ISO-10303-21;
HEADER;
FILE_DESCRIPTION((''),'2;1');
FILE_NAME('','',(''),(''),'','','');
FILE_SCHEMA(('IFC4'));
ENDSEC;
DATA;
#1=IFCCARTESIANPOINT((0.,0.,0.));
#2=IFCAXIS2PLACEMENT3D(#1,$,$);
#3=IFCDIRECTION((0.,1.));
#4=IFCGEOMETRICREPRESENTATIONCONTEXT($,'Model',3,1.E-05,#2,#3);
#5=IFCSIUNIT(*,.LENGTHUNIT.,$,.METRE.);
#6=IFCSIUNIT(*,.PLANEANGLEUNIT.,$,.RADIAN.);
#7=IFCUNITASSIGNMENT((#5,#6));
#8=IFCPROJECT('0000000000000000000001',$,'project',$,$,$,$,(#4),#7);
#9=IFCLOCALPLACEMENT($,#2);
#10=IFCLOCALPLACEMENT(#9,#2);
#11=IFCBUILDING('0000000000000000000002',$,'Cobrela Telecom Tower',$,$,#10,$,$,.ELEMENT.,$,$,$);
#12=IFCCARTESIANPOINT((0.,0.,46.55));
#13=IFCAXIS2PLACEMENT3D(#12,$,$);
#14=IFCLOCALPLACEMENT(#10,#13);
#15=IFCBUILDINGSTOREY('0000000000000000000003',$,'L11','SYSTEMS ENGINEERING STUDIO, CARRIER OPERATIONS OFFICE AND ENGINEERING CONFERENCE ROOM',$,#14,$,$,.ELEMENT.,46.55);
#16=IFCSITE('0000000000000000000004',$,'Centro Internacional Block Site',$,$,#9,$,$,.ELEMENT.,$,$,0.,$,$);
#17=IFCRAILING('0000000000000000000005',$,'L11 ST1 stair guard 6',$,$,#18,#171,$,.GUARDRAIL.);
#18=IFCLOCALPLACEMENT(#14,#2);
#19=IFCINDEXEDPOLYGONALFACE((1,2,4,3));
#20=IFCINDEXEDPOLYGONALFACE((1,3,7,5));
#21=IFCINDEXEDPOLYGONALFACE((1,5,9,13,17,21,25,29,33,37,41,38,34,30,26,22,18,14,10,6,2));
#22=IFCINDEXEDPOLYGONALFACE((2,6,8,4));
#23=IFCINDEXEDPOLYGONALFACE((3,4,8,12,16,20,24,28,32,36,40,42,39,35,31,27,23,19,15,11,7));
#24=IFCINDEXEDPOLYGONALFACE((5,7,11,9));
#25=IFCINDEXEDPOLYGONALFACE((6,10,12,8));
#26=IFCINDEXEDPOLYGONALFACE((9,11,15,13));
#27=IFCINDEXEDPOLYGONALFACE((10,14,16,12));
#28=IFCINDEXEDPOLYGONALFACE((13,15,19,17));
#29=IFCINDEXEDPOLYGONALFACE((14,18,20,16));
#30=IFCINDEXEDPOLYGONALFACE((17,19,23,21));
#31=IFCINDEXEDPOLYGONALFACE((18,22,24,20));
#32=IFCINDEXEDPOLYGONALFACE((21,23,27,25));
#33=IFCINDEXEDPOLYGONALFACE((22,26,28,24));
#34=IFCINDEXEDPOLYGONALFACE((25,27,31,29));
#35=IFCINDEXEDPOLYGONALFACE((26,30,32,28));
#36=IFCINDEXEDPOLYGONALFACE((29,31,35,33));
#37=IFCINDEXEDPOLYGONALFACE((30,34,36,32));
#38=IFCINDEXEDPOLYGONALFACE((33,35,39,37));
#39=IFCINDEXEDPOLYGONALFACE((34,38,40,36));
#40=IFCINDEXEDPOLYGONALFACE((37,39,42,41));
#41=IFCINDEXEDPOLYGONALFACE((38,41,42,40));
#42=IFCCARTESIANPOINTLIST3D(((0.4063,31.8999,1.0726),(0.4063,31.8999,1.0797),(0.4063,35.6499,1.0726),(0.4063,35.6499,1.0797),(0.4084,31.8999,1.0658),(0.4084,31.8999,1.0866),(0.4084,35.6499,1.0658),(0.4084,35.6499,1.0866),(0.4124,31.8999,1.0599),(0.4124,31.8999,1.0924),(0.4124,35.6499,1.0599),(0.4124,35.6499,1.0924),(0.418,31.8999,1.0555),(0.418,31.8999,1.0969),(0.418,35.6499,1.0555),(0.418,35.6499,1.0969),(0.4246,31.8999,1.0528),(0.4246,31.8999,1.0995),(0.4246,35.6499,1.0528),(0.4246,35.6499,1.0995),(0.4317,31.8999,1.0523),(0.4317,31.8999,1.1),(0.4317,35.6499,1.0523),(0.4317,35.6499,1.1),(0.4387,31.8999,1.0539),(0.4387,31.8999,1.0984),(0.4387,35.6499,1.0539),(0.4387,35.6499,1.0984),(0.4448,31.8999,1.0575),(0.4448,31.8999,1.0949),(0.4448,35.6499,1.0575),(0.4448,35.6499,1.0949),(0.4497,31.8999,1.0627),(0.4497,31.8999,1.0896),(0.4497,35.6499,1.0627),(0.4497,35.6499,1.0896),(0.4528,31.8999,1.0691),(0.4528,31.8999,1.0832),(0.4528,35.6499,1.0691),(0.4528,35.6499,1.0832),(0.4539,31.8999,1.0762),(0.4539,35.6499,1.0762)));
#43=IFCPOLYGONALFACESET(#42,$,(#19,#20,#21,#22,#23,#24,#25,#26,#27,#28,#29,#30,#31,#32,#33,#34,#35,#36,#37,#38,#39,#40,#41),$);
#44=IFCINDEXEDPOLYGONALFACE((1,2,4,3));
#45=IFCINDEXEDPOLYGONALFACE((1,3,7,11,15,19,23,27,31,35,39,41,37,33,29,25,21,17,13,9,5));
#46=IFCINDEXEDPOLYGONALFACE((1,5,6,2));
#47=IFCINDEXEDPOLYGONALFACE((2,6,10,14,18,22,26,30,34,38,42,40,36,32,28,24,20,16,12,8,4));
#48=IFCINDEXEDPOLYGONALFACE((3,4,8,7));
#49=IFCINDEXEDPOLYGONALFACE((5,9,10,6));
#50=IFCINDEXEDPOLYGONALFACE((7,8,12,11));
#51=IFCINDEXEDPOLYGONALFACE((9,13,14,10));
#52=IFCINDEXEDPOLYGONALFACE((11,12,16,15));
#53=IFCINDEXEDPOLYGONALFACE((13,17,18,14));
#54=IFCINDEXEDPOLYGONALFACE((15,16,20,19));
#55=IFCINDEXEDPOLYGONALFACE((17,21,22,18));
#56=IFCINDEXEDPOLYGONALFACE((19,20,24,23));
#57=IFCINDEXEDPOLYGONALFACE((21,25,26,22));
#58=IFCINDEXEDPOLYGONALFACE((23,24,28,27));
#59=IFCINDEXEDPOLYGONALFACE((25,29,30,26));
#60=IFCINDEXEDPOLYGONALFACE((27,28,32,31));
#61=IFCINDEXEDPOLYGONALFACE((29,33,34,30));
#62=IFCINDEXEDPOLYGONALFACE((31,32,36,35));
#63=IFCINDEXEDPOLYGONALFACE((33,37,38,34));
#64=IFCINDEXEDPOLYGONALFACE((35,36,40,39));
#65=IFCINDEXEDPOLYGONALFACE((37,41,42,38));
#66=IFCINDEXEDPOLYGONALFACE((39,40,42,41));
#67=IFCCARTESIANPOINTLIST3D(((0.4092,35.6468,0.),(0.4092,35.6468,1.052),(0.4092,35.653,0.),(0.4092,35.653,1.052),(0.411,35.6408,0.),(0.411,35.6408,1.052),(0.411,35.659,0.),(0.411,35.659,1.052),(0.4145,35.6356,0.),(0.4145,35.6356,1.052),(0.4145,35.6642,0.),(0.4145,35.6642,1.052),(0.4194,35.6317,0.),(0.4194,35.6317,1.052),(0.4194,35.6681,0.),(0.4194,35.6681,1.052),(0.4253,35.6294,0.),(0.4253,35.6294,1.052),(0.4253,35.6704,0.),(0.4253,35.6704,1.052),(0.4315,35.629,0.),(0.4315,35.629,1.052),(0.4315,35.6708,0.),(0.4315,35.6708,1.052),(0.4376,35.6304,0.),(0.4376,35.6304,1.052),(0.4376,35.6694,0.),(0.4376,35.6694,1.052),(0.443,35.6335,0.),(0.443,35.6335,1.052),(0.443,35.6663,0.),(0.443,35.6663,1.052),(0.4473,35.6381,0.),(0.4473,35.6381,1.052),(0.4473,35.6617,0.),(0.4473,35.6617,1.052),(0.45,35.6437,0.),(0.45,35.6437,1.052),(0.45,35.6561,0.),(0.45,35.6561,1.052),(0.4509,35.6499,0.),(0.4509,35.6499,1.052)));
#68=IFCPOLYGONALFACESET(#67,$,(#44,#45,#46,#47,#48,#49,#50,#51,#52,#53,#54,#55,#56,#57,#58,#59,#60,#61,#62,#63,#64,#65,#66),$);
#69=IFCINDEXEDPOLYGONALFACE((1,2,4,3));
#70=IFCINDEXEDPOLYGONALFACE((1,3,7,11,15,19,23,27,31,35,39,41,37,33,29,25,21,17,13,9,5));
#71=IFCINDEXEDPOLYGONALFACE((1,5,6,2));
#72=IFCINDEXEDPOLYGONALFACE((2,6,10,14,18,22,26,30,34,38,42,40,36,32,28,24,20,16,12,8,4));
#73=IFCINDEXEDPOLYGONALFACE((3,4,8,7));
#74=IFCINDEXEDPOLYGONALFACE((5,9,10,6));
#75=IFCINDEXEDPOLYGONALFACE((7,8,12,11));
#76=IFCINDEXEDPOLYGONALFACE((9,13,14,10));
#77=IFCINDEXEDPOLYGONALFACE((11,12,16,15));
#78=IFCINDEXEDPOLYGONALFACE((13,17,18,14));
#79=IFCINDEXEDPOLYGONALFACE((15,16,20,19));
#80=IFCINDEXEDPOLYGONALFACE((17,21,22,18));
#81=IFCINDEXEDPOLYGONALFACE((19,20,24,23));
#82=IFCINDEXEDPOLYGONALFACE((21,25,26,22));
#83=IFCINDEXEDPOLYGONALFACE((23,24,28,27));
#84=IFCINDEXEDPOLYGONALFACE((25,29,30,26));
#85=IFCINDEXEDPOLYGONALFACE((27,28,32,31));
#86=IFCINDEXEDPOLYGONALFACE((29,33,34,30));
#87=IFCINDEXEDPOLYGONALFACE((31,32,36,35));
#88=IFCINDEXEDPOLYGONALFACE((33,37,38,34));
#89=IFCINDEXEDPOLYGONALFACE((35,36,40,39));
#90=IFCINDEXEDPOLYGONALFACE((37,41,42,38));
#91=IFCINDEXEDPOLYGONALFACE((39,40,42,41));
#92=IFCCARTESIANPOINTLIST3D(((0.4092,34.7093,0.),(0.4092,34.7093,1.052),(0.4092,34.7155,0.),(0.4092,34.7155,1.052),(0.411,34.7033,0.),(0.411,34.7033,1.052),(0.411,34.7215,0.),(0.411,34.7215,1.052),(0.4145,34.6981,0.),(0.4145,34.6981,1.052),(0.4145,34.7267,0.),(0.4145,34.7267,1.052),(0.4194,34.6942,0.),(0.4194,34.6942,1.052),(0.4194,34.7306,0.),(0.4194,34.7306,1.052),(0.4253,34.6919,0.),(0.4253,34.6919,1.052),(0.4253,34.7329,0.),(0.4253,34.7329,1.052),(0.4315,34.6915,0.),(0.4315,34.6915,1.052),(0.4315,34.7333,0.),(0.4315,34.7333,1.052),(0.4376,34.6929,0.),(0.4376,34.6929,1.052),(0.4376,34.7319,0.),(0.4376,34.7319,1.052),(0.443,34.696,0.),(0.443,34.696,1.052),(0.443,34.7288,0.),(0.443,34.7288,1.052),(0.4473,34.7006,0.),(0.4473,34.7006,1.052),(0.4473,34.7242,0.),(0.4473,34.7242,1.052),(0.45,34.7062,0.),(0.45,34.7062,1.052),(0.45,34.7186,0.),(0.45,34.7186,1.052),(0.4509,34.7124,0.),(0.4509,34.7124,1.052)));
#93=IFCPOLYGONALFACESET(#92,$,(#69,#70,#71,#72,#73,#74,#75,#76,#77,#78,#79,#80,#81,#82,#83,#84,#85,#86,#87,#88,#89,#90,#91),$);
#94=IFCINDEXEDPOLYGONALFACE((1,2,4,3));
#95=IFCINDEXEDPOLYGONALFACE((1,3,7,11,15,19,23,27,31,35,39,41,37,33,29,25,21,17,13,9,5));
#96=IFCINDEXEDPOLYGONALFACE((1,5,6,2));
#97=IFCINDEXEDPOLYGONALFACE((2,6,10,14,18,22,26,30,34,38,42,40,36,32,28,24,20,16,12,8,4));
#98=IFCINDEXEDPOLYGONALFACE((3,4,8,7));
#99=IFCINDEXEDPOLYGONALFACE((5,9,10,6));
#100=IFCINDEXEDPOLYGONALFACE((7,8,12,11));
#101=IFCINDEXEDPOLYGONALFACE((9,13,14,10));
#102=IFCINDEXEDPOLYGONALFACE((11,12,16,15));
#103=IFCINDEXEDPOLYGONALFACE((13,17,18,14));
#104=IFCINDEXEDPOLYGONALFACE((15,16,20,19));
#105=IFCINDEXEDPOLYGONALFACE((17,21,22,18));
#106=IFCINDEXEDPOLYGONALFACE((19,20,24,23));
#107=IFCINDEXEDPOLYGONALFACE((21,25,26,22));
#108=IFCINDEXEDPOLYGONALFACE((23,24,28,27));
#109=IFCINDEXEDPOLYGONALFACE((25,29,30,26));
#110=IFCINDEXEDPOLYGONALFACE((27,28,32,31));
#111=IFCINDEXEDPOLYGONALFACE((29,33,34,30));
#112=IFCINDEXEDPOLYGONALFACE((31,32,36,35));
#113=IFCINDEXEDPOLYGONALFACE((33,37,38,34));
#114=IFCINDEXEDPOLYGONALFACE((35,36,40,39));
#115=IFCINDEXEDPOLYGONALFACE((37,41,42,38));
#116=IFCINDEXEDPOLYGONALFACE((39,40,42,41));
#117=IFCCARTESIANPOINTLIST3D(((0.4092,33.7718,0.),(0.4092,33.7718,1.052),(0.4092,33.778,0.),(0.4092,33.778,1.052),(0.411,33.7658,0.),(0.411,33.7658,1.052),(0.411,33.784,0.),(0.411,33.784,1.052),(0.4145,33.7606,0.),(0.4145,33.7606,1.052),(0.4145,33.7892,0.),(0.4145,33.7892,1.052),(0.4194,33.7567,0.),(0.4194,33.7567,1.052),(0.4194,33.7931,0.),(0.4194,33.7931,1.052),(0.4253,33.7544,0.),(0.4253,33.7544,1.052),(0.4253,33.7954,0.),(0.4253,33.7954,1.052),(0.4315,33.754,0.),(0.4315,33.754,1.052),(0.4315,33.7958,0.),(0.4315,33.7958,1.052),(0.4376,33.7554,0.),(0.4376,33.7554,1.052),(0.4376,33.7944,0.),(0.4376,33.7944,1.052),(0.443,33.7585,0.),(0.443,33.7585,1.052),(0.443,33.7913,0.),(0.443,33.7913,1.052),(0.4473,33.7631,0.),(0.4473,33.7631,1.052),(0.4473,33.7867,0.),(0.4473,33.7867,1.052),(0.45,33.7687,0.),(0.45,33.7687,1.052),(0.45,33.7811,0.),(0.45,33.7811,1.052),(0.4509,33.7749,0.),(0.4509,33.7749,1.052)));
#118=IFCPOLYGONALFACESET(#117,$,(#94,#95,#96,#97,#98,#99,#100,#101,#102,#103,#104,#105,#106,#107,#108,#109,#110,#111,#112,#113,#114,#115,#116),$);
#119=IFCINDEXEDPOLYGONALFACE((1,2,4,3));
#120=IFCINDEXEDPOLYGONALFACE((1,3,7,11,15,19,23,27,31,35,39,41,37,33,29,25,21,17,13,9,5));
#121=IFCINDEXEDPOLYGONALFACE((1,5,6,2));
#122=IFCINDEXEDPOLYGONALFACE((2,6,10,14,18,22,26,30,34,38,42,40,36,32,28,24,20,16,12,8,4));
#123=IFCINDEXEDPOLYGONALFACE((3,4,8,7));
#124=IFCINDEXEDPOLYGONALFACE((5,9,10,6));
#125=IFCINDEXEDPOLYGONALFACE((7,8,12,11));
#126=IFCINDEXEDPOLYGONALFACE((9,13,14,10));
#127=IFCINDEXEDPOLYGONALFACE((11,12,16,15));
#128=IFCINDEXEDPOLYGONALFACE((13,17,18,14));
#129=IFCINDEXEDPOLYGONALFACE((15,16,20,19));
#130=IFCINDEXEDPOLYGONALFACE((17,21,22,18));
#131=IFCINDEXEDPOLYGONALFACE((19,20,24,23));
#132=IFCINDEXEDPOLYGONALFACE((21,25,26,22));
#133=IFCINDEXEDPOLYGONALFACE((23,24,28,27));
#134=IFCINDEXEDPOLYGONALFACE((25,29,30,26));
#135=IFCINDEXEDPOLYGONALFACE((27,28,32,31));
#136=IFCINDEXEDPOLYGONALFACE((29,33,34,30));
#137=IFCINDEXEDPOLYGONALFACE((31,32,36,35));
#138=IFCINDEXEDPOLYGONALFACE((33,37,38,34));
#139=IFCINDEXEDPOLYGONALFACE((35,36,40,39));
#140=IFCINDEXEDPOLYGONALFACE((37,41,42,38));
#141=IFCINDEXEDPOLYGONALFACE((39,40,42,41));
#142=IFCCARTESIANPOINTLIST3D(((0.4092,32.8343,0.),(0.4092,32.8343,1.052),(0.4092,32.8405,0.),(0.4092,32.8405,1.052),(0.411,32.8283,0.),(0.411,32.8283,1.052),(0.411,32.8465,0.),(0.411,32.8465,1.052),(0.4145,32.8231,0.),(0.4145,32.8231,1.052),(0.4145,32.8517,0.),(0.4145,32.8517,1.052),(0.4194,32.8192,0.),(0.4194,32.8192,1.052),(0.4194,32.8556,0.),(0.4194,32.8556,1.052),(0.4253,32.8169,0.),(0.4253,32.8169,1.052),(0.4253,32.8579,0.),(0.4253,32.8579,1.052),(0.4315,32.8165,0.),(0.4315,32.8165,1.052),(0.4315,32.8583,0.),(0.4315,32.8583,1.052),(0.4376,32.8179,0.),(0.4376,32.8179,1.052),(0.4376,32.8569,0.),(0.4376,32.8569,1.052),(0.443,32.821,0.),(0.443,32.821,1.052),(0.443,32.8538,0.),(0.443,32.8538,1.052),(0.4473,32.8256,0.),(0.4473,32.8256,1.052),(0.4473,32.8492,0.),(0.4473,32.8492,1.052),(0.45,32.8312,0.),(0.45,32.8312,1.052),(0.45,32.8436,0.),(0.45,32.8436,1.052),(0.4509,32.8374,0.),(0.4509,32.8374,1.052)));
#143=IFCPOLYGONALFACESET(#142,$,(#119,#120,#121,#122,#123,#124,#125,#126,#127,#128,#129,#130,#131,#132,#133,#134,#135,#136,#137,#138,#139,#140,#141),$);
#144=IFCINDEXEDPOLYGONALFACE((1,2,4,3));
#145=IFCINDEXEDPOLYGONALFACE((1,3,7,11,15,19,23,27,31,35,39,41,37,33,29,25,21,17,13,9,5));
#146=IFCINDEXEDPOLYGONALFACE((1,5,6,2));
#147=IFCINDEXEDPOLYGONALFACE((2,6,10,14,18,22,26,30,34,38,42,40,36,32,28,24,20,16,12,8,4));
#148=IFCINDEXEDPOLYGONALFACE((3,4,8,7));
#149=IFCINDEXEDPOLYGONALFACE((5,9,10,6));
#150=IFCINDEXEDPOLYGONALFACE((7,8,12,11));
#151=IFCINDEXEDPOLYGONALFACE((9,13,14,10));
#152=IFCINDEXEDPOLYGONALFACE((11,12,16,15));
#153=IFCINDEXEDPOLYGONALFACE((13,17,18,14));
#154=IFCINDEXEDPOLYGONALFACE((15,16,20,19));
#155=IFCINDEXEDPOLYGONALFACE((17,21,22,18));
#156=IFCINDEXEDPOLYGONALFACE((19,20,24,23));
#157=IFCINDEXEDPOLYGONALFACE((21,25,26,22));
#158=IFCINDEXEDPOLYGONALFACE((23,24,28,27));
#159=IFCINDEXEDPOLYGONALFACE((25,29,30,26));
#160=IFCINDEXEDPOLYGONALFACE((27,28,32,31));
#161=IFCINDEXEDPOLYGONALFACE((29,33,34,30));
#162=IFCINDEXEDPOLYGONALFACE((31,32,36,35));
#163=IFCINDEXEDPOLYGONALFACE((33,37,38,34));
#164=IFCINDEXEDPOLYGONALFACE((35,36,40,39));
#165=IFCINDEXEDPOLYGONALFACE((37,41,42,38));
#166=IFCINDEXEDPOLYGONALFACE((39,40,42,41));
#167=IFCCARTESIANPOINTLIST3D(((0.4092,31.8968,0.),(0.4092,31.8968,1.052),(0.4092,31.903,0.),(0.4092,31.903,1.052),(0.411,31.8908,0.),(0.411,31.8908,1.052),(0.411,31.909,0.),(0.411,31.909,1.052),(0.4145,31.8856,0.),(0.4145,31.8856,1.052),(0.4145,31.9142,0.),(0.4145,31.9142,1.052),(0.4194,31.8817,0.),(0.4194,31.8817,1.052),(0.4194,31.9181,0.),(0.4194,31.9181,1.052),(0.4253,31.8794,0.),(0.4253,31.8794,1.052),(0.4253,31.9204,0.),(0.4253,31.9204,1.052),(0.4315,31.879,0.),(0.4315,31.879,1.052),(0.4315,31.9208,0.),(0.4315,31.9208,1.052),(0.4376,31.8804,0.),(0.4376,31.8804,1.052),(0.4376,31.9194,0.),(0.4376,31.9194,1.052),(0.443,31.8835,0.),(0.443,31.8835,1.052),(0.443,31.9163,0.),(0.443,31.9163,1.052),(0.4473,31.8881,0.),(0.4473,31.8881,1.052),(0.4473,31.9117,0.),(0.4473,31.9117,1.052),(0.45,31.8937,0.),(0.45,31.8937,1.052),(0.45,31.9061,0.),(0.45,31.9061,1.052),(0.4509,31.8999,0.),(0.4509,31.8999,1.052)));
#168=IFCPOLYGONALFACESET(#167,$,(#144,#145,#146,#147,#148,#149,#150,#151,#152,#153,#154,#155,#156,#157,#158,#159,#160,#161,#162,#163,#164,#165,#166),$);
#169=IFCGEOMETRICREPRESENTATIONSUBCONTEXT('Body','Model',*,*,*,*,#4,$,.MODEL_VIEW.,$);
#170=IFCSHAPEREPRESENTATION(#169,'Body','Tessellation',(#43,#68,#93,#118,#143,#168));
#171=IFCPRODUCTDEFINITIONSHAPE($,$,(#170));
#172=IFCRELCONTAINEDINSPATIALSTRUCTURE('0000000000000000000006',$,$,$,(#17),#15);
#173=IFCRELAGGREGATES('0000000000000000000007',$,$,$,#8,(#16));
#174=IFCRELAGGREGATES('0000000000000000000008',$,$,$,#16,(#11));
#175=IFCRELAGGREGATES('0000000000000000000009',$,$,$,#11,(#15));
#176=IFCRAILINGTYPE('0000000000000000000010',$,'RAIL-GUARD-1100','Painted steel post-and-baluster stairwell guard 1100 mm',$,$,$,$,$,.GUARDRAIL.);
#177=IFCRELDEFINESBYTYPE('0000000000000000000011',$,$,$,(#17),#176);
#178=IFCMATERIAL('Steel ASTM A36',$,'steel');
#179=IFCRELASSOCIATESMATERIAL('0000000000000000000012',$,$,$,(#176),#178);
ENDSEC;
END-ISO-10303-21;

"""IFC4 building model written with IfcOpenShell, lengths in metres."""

from ifc_helpers import new_model, si_unit, direction, frame, origin, origin_2d, place, context, subcontext, project, spatial, circle, extrude, material, type_object, element, save


model = new_model("IFC4")

# Units and contexts
model_context = context("Model", 3, precision=1e-05, world=origin(), true_north=direction((0.0, 1.0)))
body_context = subcontext(model_context, "Body", "Model", "MODEL_VIEW")
ifc_project = project(units=[si_unit("LENGTHUNIT", "METRE"), si_unit("PLANEANGLEUNIT", "RADIAN")], contexts=[model_context])

# Site, building, storey
site_placement = place(None, origin())
site = spatial("IfcSite", under=ifc_project, at=site_placement, Name="Centro Internacional Block Site", CompositionType="ELEMENT", RefElevation=0.0)
building_placement = place(site_placement, origin())
building = spatial("IfcBuilding", under=site, at=building_placement, Name="Cobrela Telecom Tower", CompositionType="ELEMENT")
storey_placement = place(building_placement, frame((0.0, 0.0, 46.55)))
storey = spatial("IfcBuildingStorey", under=building, at=storey_placement, Name="L11", Description="SYSTEMS ENGINEERING STUDIO, CARRIER OPERATIONS OFFICE AND ENGINEERING CONFERENCE ROOM", CompositionType="ELEMENT", Elevation=46.55)

# Shared definitions
ifc_material_1 = material(Name="Steel ASTM A36", Category="steel")

# Railing
railing_type_1 = type_object("IfcRailingType", Name="RAIL-GUARD-1100", Description="Painted steel post-and-baluster stairwell guard 1100 mm", PredefinedType="GUARDRAIL", material=ifc_material_1)
railing_1_placement = place(storey_placement, frame((0.4299, 35.6499, 0.0)))
element("IfcRailing", 1, at=railing_1_placement, inside=storey, type_object=railing_type_1, Name="L11 ST1 stair guard 6", PredefinedType="GUARDRAIL", context=body_context, shape_type="SweptSolid", body=[
    extrude(circle(Radius=0.0239, at=origin_2d()), frame((0.0, 0.0, 1.0762), z_axis=(0.0, -1.0, 0.0), x_axis=(1.0, 0.0, 0.0)), (0.0, 0.0, 1.0), 3.75),
    extrude(circle(Radius=0.021, at=origin_2d()), origin(), (0.0, 0.0, 1.0), 1.052),
    extrude(circle(Radius=0.021, at=origin_2d()), frame((0.0, -0.9375, 0.0)), (0.0, 0.0, 1.0), 1.052),
    extrude(circle(Radius=0.021, at=origin_2d()), frame((0.0, -1.875, 0.0)), (0.0, 0.0, 1.0), 1.052),
    extrude(circle(Radius=0.021, at=origin_2d()), frame((0.0, -2.8125, 0.0)), (0.0, 0.0, 1.0), 1.052),
    extrude(circle(Radius=0.021, at=origin_2d()), frame((0.0, -3.75, 0.0)), (0.0, 0.0, 1.0), 1.052),
])

save(model, "model.ifc")
